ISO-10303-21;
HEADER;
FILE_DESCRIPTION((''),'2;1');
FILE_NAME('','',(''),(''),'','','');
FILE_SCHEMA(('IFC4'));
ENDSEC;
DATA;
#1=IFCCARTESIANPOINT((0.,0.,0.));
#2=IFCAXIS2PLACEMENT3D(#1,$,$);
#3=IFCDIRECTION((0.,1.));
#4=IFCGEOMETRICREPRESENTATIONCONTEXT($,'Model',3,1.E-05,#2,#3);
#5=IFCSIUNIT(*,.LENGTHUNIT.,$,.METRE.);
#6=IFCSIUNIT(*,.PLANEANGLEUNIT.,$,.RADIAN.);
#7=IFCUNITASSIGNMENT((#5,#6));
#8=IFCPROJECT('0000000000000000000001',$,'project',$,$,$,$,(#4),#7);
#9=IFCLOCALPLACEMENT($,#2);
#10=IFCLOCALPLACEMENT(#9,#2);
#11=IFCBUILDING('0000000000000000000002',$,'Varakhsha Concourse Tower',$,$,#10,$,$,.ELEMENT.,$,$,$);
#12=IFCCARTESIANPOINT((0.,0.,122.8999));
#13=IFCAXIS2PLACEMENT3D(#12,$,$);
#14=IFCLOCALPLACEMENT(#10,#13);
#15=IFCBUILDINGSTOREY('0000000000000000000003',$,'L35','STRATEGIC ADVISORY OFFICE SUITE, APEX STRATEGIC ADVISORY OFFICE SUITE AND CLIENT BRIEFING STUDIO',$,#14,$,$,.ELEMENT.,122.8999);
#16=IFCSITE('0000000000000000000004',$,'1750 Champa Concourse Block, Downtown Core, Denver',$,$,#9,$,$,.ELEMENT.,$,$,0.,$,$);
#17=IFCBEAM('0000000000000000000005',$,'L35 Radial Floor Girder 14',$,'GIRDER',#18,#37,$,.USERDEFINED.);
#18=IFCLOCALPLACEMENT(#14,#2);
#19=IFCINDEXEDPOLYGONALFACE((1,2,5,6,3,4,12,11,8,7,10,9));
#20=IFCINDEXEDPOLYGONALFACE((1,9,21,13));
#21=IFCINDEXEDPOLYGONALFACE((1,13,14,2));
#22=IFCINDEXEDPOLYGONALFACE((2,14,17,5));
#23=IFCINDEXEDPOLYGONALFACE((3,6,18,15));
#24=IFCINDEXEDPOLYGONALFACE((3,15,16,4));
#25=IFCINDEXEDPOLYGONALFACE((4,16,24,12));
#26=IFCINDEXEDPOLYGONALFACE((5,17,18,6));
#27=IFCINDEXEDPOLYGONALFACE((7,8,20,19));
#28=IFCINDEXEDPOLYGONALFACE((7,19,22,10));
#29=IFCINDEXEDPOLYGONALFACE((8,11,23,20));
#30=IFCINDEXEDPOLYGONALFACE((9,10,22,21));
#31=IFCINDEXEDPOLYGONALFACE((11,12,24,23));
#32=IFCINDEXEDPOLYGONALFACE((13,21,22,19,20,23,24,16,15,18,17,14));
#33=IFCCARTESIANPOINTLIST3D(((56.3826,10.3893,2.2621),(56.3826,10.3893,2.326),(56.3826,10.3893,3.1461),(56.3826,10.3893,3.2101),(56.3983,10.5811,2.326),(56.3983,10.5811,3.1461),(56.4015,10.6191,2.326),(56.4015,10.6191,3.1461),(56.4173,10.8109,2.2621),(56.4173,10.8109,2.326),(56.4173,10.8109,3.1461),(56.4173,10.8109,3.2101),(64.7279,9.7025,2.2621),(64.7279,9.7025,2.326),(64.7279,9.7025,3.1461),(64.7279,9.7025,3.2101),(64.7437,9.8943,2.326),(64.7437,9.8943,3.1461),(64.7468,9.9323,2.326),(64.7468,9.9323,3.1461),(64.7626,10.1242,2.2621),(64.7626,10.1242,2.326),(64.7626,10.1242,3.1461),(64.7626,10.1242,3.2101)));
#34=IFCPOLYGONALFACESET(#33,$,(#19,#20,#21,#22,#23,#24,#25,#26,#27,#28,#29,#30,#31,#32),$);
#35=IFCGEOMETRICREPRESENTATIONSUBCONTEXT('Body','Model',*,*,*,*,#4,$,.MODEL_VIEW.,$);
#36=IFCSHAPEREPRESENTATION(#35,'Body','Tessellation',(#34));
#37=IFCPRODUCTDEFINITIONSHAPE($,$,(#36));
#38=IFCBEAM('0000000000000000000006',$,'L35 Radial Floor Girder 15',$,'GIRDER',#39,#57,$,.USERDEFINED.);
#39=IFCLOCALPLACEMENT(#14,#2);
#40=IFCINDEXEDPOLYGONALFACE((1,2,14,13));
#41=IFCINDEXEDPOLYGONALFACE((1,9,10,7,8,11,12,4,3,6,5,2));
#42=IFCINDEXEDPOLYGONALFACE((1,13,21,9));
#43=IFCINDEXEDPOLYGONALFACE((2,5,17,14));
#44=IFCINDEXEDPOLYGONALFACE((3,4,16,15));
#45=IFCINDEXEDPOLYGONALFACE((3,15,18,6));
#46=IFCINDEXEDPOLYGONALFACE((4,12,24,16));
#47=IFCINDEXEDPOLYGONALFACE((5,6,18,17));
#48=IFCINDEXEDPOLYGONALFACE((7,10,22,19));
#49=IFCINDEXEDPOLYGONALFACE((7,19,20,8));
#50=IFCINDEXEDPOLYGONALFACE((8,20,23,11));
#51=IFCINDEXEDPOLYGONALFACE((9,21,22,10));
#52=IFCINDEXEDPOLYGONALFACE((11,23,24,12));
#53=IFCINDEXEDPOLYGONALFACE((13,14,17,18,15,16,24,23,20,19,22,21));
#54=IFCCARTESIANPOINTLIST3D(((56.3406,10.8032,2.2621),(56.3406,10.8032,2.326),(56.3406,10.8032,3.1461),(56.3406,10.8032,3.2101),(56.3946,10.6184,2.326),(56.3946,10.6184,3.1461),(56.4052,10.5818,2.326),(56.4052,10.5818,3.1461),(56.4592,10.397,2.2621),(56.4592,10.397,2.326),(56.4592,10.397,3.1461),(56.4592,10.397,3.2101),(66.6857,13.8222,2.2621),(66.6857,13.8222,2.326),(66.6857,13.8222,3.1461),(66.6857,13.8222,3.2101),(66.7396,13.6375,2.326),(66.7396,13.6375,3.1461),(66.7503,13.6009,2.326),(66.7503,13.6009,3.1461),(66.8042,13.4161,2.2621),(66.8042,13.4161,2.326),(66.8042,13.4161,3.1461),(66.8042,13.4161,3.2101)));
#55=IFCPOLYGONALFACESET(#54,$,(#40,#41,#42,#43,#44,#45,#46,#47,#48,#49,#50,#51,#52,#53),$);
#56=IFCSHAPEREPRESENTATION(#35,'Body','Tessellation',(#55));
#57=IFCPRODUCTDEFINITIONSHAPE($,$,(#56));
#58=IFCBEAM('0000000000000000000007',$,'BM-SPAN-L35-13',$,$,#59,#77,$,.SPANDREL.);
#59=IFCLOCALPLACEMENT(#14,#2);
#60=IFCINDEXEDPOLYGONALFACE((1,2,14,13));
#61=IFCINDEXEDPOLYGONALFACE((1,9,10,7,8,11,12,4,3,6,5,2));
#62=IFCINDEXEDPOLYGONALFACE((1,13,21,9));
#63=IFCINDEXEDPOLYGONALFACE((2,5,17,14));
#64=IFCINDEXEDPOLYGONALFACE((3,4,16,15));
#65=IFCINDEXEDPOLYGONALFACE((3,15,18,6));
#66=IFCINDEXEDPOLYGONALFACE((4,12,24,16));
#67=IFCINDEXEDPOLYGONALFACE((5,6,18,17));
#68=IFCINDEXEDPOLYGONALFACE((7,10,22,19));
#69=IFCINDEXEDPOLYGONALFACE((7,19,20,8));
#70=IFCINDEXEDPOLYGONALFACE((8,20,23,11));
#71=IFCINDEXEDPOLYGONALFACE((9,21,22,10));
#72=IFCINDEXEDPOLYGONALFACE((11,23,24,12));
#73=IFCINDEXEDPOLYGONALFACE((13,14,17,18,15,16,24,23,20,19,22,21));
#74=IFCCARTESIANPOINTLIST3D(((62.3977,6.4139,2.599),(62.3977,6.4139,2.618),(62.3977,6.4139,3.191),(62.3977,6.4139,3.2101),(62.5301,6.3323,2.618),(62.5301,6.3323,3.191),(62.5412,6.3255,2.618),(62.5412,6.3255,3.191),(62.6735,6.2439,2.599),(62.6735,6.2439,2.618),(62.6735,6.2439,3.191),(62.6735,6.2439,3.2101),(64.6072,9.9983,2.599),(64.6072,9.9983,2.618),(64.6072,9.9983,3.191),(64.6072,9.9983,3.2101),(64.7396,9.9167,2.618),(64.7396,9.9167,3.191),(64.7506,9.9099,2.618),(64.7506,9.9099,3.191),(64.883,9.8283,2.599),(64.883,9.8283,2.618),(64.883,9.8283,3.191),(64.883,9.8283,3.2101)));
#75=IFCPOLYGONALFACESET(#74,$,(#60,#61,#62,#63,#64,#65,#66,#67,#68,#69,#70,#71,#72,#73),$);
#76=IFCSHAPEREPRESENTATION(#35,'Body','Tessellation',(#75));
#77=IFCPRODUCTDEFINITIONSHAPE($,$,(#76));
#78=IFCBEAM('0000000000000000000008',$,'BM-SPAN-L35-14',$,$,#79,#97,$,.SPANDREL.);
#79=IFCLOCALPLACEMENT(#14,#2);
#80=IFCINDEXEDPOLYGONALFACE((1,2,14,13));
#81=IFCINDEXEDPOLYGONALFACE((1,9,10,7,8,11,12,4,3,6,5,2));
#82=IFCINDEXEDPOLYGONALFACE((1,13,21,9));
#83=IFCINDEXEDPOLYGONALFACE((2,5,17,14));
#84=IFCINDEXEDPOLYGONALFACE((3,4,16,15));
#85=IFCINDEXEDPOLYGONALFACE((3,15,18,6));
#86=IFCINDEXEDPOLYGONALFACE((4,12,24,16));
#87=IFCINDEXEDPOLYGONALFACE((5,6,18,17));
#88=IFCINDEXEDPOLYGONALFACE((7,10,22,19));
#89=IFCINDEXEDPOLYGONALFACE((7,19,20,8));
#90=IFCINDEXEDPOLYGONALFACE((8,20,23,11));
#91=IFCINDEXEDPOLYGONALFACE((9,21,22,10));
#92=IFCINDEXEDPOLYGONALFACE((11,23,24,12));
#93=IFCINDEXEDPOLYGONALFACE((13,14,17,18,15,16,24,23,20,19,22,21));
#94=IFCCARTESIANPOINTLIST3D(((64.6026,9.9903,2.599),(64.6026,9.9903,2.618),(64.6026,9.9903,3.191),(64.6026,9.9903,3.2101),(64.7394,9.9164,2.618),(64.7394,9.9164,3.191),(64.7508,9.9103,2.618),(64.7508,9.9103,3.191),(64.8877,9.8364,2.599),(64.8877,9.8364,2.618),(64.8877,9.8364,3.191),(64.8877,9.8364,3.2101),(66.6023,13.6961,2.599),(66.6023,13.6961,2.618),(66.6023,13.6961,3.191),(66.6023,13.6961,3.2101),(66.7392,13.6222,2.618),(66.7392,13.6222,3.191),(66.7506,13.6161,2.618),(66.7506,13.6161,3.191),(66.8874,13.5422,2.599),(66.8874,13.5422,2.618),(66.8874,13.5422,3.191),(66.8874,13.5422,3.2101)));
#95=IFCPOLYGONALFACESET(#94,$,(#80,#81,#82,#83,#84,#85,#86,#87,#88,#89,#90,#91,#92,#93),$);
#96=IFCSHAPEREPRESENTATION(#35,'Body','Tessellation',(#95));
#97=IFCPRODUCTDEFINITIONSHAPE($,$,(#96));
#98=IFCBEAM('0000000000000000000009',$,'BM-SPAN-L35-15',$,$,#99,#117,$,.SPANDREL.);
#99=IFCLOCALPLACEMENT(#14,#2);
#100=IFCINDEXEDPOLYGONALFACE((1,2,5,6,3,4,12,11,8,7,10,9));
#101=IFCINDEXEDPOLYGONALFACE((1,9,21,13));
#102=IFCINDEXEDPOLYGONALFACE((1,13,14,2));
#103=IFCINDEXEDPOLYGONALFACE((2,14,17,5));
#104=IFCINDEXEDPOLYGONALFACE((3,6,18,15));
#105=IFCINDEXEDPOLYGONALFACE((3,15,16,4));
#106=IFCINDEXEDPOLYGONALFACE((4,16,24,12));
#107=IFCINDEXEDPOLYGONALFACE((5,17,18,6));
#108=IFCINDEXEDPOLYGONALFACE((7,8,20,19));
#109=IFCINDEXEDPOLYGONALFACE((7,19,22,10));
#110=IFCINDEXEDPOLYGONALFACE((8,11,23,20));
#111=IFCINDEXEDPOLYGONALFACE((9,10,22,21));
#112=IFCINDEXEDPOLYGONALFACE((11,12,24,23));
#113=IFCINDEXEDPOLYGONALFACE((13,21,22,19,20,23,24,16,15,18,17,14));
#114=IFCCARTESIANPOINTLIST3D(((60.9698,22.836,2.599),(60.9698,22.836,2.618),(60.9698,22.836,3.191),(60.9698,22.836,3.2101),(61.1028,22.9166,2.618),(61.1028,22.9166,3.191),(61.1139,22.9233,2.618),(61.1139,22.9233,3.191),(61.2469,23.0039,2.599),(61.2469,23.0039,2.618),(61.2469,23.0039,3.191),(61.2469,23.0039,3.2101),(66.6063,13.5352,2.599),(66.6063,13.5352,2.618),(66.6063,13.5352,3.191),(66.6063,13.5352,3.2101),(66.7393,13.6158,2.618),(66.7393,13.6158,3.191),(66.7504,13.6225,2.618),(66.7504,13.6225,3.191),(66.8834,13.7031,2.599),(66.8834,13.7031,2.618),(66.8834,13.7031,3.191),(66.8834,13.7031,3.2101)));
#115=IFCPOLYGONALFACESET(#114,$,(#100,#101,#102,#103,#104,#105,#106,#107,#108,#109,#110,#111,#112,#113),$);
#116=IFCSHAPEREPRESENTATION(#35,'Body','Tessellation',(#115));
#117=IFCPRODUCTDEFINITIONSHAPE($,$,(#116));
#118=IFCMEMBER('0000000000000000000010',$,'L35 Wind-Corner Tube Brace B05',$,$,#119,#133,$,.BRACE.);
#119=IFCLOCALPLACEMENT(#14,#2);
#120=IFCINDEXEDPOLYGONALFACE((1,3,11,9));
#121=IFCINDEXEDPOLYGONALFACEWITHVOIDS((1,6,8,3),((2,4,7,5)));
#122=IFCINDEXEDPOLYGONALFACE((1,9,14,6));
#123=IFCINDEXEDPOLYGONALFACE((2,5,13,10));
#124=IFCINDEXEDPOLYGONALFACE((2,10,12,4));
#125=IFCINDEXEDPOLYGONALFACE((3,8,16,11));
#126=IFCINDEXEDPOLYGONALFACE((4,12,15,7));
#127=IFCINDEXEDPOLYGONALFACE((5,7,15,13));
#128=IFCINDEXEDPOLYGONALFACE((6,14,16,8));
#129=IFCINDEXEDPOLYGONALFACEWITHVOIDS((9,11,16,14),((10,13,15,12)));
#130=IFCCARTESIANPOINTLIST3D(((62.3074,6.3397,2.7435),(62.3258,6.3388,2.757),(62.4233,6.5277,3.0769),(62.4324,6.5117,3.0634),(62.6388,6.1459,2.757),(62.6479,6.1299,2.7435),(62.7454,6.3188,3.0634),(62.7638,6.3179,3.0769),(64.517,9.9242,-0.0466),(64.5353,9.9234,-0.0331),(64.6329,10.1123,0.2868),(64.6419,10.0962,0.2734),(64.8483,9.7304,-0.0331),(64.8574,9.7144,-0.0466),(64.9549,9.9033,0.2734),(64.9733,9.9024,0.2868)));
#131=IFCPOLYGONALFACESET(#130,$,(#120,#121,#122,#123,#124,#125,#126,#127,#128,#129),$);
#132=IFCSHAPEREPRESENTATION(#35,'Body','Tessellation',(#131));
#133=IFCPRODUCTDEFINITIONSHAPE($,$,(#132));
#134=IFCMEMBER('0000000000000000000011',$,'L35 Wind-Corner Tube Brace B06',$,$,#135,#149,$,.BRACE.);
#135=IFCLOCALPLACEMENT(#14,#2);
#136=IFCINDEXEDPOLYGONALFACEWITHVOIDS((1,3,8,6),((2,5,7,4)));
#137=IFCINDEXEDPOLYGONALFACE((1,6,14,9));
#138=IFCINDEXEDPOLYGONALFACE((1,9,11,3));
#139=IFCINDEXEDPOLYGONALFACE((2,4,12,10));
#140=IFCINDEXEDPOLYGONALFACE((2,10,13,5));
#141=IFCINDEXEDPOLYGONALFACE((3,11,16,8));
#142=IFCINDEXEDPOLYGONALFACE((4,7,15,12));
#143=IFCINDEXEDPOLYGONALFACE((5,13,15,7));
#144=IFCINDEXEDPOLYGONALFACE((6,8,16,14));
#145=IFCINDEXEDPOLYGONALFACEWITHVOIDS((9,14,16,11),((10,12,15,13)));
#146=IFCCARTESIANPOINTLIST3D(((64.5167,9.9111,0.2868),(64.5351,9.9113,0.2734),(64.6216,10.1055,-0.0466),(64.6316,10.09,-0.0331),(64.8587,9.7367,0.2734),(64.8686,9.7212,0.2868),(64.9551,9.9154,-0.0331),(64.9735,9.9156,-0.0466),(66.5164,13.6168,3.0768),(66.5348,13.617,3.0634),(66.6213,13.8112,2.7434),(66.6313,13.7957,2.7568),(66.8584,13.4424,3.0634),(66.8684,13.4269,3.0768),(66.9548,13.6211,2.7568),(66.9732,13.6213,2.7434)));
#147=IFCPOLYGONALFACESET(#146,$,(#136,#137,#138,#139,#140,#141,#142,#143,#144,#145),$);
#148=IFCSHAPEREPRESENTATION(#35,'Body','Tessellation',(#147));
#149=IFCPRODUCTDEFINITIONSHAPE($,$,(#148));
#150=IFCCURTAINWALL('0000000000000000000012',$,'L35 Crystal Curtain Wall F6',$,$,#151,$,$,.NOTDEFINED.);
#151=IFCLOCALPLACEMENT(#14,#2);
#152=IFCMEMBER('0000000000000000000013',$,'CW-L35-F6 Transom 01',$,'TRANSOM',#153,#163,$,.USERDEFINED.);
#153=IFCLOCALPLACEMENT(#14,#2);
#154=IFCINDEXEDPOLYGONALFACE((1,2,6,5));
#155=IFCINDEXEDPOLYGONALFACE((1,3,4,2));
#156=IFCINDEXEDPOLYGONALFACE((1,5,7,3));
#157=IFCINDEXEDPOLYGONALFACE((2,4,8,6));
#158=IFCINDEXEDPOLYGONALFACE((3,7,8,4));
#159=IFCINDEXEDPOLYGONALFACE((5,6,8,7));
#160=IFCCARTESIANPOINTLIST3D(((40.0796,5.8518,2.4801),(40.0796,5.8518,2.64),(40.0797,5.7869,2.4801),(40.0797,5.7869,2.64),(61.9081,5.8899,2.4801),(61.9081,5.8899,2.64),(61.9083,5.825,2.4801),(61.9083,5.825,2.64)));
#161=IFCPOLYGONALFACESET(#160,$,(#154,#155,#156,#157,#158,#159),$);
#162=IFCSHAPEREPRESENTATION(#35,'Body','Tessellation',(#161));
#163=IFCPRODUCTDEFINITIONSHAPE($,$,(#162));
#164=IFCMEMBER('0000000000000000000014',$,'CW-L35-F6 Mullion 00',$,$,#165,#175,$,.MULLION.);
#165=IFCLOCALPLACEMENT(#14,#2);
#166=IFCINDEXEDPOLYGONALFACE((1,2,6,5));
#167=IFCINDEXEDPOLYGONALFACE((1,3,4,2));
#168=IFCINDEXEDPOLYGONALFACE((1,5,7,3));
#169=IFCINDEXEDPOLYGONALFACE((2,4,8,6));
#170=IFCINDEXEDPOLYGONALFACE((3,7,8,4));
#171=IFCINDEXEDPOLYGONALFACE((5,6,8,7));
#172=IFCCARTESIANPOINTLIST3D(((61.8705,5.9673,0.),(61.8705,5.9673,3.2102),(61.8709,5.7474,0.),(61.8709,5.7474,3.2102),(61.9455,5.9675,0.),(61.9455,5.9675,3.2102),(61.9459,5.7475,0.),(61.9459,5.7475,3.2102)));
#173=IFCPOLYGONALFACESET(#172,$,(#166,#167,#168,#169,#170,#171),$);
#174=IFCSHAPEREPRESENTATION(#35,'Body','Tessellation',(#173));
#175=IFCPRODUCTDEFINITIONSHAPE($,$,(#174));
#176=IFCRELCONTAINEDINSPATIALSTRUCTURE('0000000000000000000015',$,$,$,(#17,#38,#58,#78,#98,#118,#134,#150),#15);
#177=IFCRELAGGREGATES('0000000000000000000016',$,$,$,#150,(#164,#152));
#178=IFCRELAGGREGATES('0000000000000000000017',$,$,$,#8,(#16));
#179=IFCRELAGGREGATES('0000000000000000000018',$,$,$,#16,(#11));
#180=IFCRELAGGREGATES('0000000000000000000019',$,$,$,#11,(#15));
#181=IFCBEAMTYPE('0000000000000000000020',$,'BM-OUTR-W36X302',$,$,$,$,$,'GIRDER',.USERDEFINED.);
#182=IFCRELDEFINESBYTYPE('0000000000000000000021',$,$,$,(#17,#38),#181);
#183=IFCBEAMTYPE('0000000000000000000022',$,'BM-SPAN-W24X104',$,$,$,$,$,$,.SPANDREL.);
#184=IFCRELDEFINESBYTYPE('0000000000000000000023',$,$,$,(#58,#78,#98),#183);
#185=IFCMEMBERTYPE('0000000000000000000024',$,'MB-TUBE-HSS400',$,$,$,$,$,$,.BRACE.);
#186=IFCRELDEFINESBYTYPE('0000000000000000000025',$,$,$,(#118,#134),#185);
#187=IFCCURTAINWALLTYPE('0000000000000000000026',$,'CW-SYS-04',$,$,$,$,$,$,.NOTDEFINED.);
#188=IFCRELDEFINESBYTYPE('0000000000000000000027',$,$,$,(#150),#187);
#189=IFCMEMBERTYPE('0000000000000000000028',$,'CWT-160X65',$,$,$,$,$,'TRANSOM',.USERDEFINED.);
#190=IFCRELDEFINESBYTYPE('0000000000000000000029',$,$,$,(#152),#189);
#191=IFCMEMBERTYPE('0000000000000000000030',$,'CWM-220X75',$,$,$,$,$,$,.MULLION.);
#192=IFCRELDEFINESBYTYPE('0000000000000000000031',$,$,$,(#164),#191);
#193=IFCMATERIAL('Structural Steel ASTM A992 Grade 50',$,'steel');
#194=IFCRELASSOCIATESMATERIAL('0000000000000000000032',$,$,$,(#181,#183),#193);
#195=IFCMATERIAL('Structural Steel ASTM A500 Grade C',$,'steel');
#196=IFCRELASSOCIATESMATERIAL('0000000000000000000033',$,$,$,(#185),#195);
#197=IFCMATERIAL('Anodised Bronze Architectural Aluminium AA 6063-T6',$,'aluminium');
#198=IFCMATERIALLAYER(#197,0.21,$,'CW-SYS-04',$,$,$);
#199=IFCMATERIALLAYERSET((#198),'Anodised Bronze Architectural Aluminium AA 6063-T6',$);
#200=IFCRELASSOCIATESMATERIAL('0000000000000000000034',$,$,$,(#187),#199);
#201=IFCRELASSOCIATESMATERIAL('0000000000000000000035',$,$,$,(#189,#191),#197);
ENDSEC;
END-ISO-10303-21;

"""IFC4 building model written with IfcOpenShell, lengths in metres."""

from ifc_helpers import new_model, si_unit, direction, frame, origin, origin_2d, place, context, subcontext, project, spatial, rectangle, hollow_rectangle, i_section, extrude, source, transform, mapped, material, layer, layer_set, material_profile, profile_set, type_object, type_shapes, element, aggregate, save


model = new_model("IFC4")

# Units and contexts
model_context = context("Model", 3, precision=1e-05, world=origin(), true_north=direction((0.0, 1.0)))
body_context = subcontext(model_context, "Body", "Model", "MODEL_VIEW")
ifc_project = project(units=[si_unit("LENGTHUNIT", "METRE"), si_unit("PLANEANGLEUNIT", "RADIAN")], contexts=[model_context])

# Site, building, storey
site_placement = place(None, origin())
site = spatial("IfcSite", under=ifc_project, at=site_placement, Name="1750 Champa Concourse Block, Downtown Core, Denver", CompositionType="ELEMENT", RefElevation=0.0)
building_placement = place(site_placement, origin())
building = spatial("IfcBuilding", under=site, at=building_placement, Name="Varakhsha Concourse Tower", CompositionType="ELEMENT")
storey_placement = place(building_placement, frame((0.0, 0.0, 122.8999)))
storey = spatial("IfcBuildingStorey", under=building, at=storey_placement, Name="L35", Description="STRATEGIC ADVISORY OFFICE SUITE, APEX STRATEGIC ADVISORY OFFICE SUITE AND CLIENT BRIEFING STUDIO", CompositionType="ELEMENT", Elevation=122.8999)

# Shared definitions
ifc_material_1 = material(Name="Structural Steel ASTM A992 Grade 50", Category="steel")

# Beams
ifc_material_profile_1 = material_profile(ifc_material_1, i_section(OverallWidth=0.4231, OverallDepth=0.948, WebThickness=0.0381, FlangeThickness=0.064, at=origin_2d()), Name="W36X302")
ifc_profile_set_1 = profile_set([ifc_material_profile_1], Name="Structural Steel ASTM A992 Grade 50")
beam_type_1 = type_object("IfcBeamType", Name="BM-OUTR-W36X302", ElementType="GIRDER", PredefinedType="USERDEFINED", material=ifc_profile_set_1)
beam_1_placement = place(storey_placement, frame((56.3999, 10.6001, 2.7361), z_axis=(0.996631, -0.082018, 0.0), x_axis=(0.082018, 0.996631, 0.0)))
element("IfcBeam", 1, at=beam_1_placement, inside=storey, type_object=beam_type_1, Name="L35 Radial Floor Girder 14", ObjectType="GIRDER", PredefinedType="USERDEFINED", context=body_context, shape_type="SweptSolid", body=[
    extrude(i_section(OverallWidth=0.4231, OverallDepth=0.948, WebThickness=0.0381, FlangeThickness=0.064, at=origin_2d()), origin(), (0.0, 0.0, 1.0), 8.3735),
])
beam_2_placement = place(storey_placement, frame((56.3999, 10.6001, 2.7361), z_axis=(0.959956, 0.28015, 0.0), x_axis=(-0.28015, 0.959956, 0.0)))
element("IfcBeam", 2, at=beam_2_placement, inside=storey, type_object=beam_type_1, Name="L35 Radial Floor Girder 15", ObjectType="GIRDER", PredefinedType="USERDEFINED", context=body_context, shape_type="SweptSolid", body=[
    extrude(i_section(OverallWidth=0.4231, OverallDepth=0.948, WebThickness=0.0381, FlangeThickness=0.064, at=origin_2d()), origin(), (0.0, 0.0, 1.0), 10.7766),
])
ifc_material_profile_2 = material_profile(ifc_material_1, i_section(OverallWidth=0.324, OverallDepth=0.6111, WebThickness=0.0129, FlangeThickness=0.019, at=origin_2d()), Name="W24X104")
ifc_profile_set_2 = profile_set([ifc_material_profile_2], Name="Structural Steel ASTM A992 Grade 50")
beam_type_2 = type_object("IfcBeamType", Name="BM-SPAN-W24X104", PredefinedType="SPANDREL", material=ifc_profile_set_2)
beam_3_placement = place(storey_placement, frame((62.5356, 6.3289, 2.9045), z_axis=(0.524725, 0.851272, 0.0), x_axis=(-0.851272, 0.524725, 0.0)))
element("IfcBeam", 3, at=beam_3_placement, inside=storey, type_object=beam_type_2, Name="BM-SPAN-L35-13", PredefinedType="SPANDREL", context=body_context, shape_type="SweptSolid", body=[
    extrude(i_section(OverallWidth=0.324, OverallDepth=0.6111, WebThickness=0.0129, FlangeThickness=0.019, at=origin_2d()), origin(), (0.0, 0.0, 1.0), 4.2107),
])
beam_4_placement = place(storey_placement, frame((64.7451, 9.9133, 2.9045), z_axis=(0.474895, 0.880043, 0.0), x_axis=(-0.880043, 0.474895, 0.0)))
element("IfcBeam", 4, at=beam_4_placement, inside=storey, type_object=beam_type_2, Name="BM-SPAN-L35-14", PredefinedType="SPANDREL", context=body_context, shape_type="SweptSolid", body=[
    extrude(i_section(OverallWidth=0.324, OverallDepth=0.6111, WebThickness=0.0129, FlangeThickness=0.019, at=origin_2d()), origin(), (0.0, 0.0, 1.0), 4.2109),
])
beam_5_placement = place(storey_placement, frame((66.7449, 13.6191, 2.9045), z_axis=(-0.518277, 0.855213, 0.0), x_axis=(-0.855213, -0.518277, 0.0)))
element("IfcBeam", 5, at=beam_5_placement, inside=storey, type_object=beam_type_2, Name="BM-SPAN-L35-15", PredefinedType="SPANDREL", context=body_context, shape_type="SweptSolid", body=[
    extrude(i_section(OverallWidth=0.324, OverallDepth=0.6111, WebThickness=0.0129, FlangeThickness=0.019, at=origin_2d()), origin(), (0.0, 0.0, 1.0), 10.8755),
])

# Members
ifc_material_2 = material(Name="Structural Steel ASTM A500 Grade C", Category="steel")
ifc_material_profile_3 = material_profile(ifc_material_2, hollow_rectangle(XDim=0.3999, YDim=0.3999, WallThickness=0.0161, at=origin_2d()), Name="HSS 400x400x16")
ifc_profile_set_3 = profile_set([ifc_material_profile_3], Name="Structural Steel ASTM A500 Grade C")
member_type_1 = type_object("IfcMemberType", Name="MB-TUBE-HSS400", PredefinedType="BRACE", material=ifc_profile_set_3)
shared_shape_1 = source(origin(), body_context, "Body", "SweptSolid", [
    extrude(hollow_rectangle(XDim=0.3999, YDim=0.3999, WallThickness=0.0161, at=origin_2d()), origin(), (0.0, 0.0, 1.0), 5.0513),
])
type_shapes(member_type_1, [shared_shape_1])
for number, where, z_axis, x_axis, name in (
    (6, (64.7451, 9.9133, 0.1201), (-0.437416, -0.709629, 0.552353), (0.851272, -0.524725, 0.0), "L35 Wind-Corner Tube Brace B05"),
    (7, (64.7451, 9.9133, 0.1201), (0.395884, 0.733624, 0.552333), (-0.880043, 0.474895, 0.0), "L35 Wind-Corner Tube Brace B06"),
):
    element("IfcMember", number, at=place(storey_placement, frame(where, z_axis=z_axis, x_axis=x_axis)), inside=storey, type_object=member_type_1, Name=name, PredefinedType="BRACE", context=body_context, shape_type="MappedRepresentation", body=[
        mapped(shared_shape_1, transform((0.0, 0.0, 0.0), scale=1.0)),
    ])

# Curtain wall, members
ifc_material_3 = material(Name="Anodised Bronze Architectural Aluminium AA 6063-T6", Category="aluminium")
ifc_layer_1 = layer(ifc_material_3, 0.21, Name="CW-SYS-04")
ifc_layer_set_1 = layer_set([ifc_layer_1], Name="Anodised Bronze Architectural Aluminium AA 6063-T6")
curtain_wall_type = type_object("IfcCurtainWallType", Name="CW-SYS-04", PredefinedType="NOTDEFINED", material=ifc_layer_set_1)
curtain_wall_1_placement = place(storey_placement, origin())
curtain_wall_1 = element("IfcCurtainWall", 8, at=curtain_wall_1_placement, inside=storey, type_object=curtain_wall_type, Name="L35 Crystal Curtain Wall F6", PredefinedType="NOTDEFINED")
ifc_material_profile_4 = material_profile(ifc_material_3, rectangle(XDim=0.0649, YDim=0.1599, at=origin_2d()), Name="CWT-160X65")
ifc_profile_set_4 = profile_set([ifc_material_profile_4], Name="Anodised Bronze Architectural Aluminium AA 6063-T6")
member_type_2 = type_object("IfcMemberType", Name="CWT-160X65", ElementType="TRANSOM", PredefinedType="USERDEFINED", material=ifc_profile_set_4)
shared_shape_2 = source(origin(), body_context, "Body", "SweptSolid", [
    extrude(rectangle(XDim=0.0649, YDim=0.1599, at=origin_2d()), origin(), (0.0, 0.0, 1.0), 21.8286),
])
member_1_placement = place(storey_placement, frame((61.9082, 5.8574, 2.5601), z_axis=(-0.999998, -0.001745, 0.0), x_axis=(0.001745, -0.999998, 0.0)))
member_1 = element("IfcMember", 9, at=member_1_placement, type_object=member_type_2, Name="CW-L35-F6 Transom 01", ObjectType="TRANSOM", PredefinedType="USERDEFINED", context=body_context, shape_type="MappedRepresentation", body=[
    mapped(shared_shape_2, transform((0.0, 0.0, 0.0), scale=1.0)),
])
ifc_material_profile_5 = material_profile(ifc_material_3, rectangle(XDim=0.075, YDim=0.22, at=origin_2d()), Name="CWM-220X75")
ifc_profile_set_5 = profile_set([ifc_material_profile_5], Name="Anodised Bronze Architectural Aluminium AA 6063-T6")
member_type_3 = type_object("IfcMemberType", Name="CWM-220X75", PredefinedType="MULLION", material=ifc_profile_set_5)
shared_shape_3 = source(origin(), body_context, "Body", "SweptSolid", [
    extrude(rectangle(XDim=0.075, YDim=0.22, at=origin_2d()), origin(), (0.0, 0.0, 1.0), 3.2102),
])
type_shapes(member_type_3, [shared_shape_3])
member_2_placement = place(storey_placement, frame((61.9082, 5.8574, 0.0), z_axis=(0.0, 0.0, 1.0), x_axis=(-0.999998, -0.001745, 0.0)))
member_2 = element("IfcMember", 10, at=member_2_placement, type_object=member_type_3, Name="CW-L35-F6 Mullion 00", PredefinedType="MULLION", context=body_context, shape_type="MappedRepresentation", body=[
    mapped(shared_shape_3, transform((0.0, 0.0, 0.0), scale=1.0)),
])

aggregate(curtain_wall_1, [member_2, member_1])

save(model, "model.ifc")
